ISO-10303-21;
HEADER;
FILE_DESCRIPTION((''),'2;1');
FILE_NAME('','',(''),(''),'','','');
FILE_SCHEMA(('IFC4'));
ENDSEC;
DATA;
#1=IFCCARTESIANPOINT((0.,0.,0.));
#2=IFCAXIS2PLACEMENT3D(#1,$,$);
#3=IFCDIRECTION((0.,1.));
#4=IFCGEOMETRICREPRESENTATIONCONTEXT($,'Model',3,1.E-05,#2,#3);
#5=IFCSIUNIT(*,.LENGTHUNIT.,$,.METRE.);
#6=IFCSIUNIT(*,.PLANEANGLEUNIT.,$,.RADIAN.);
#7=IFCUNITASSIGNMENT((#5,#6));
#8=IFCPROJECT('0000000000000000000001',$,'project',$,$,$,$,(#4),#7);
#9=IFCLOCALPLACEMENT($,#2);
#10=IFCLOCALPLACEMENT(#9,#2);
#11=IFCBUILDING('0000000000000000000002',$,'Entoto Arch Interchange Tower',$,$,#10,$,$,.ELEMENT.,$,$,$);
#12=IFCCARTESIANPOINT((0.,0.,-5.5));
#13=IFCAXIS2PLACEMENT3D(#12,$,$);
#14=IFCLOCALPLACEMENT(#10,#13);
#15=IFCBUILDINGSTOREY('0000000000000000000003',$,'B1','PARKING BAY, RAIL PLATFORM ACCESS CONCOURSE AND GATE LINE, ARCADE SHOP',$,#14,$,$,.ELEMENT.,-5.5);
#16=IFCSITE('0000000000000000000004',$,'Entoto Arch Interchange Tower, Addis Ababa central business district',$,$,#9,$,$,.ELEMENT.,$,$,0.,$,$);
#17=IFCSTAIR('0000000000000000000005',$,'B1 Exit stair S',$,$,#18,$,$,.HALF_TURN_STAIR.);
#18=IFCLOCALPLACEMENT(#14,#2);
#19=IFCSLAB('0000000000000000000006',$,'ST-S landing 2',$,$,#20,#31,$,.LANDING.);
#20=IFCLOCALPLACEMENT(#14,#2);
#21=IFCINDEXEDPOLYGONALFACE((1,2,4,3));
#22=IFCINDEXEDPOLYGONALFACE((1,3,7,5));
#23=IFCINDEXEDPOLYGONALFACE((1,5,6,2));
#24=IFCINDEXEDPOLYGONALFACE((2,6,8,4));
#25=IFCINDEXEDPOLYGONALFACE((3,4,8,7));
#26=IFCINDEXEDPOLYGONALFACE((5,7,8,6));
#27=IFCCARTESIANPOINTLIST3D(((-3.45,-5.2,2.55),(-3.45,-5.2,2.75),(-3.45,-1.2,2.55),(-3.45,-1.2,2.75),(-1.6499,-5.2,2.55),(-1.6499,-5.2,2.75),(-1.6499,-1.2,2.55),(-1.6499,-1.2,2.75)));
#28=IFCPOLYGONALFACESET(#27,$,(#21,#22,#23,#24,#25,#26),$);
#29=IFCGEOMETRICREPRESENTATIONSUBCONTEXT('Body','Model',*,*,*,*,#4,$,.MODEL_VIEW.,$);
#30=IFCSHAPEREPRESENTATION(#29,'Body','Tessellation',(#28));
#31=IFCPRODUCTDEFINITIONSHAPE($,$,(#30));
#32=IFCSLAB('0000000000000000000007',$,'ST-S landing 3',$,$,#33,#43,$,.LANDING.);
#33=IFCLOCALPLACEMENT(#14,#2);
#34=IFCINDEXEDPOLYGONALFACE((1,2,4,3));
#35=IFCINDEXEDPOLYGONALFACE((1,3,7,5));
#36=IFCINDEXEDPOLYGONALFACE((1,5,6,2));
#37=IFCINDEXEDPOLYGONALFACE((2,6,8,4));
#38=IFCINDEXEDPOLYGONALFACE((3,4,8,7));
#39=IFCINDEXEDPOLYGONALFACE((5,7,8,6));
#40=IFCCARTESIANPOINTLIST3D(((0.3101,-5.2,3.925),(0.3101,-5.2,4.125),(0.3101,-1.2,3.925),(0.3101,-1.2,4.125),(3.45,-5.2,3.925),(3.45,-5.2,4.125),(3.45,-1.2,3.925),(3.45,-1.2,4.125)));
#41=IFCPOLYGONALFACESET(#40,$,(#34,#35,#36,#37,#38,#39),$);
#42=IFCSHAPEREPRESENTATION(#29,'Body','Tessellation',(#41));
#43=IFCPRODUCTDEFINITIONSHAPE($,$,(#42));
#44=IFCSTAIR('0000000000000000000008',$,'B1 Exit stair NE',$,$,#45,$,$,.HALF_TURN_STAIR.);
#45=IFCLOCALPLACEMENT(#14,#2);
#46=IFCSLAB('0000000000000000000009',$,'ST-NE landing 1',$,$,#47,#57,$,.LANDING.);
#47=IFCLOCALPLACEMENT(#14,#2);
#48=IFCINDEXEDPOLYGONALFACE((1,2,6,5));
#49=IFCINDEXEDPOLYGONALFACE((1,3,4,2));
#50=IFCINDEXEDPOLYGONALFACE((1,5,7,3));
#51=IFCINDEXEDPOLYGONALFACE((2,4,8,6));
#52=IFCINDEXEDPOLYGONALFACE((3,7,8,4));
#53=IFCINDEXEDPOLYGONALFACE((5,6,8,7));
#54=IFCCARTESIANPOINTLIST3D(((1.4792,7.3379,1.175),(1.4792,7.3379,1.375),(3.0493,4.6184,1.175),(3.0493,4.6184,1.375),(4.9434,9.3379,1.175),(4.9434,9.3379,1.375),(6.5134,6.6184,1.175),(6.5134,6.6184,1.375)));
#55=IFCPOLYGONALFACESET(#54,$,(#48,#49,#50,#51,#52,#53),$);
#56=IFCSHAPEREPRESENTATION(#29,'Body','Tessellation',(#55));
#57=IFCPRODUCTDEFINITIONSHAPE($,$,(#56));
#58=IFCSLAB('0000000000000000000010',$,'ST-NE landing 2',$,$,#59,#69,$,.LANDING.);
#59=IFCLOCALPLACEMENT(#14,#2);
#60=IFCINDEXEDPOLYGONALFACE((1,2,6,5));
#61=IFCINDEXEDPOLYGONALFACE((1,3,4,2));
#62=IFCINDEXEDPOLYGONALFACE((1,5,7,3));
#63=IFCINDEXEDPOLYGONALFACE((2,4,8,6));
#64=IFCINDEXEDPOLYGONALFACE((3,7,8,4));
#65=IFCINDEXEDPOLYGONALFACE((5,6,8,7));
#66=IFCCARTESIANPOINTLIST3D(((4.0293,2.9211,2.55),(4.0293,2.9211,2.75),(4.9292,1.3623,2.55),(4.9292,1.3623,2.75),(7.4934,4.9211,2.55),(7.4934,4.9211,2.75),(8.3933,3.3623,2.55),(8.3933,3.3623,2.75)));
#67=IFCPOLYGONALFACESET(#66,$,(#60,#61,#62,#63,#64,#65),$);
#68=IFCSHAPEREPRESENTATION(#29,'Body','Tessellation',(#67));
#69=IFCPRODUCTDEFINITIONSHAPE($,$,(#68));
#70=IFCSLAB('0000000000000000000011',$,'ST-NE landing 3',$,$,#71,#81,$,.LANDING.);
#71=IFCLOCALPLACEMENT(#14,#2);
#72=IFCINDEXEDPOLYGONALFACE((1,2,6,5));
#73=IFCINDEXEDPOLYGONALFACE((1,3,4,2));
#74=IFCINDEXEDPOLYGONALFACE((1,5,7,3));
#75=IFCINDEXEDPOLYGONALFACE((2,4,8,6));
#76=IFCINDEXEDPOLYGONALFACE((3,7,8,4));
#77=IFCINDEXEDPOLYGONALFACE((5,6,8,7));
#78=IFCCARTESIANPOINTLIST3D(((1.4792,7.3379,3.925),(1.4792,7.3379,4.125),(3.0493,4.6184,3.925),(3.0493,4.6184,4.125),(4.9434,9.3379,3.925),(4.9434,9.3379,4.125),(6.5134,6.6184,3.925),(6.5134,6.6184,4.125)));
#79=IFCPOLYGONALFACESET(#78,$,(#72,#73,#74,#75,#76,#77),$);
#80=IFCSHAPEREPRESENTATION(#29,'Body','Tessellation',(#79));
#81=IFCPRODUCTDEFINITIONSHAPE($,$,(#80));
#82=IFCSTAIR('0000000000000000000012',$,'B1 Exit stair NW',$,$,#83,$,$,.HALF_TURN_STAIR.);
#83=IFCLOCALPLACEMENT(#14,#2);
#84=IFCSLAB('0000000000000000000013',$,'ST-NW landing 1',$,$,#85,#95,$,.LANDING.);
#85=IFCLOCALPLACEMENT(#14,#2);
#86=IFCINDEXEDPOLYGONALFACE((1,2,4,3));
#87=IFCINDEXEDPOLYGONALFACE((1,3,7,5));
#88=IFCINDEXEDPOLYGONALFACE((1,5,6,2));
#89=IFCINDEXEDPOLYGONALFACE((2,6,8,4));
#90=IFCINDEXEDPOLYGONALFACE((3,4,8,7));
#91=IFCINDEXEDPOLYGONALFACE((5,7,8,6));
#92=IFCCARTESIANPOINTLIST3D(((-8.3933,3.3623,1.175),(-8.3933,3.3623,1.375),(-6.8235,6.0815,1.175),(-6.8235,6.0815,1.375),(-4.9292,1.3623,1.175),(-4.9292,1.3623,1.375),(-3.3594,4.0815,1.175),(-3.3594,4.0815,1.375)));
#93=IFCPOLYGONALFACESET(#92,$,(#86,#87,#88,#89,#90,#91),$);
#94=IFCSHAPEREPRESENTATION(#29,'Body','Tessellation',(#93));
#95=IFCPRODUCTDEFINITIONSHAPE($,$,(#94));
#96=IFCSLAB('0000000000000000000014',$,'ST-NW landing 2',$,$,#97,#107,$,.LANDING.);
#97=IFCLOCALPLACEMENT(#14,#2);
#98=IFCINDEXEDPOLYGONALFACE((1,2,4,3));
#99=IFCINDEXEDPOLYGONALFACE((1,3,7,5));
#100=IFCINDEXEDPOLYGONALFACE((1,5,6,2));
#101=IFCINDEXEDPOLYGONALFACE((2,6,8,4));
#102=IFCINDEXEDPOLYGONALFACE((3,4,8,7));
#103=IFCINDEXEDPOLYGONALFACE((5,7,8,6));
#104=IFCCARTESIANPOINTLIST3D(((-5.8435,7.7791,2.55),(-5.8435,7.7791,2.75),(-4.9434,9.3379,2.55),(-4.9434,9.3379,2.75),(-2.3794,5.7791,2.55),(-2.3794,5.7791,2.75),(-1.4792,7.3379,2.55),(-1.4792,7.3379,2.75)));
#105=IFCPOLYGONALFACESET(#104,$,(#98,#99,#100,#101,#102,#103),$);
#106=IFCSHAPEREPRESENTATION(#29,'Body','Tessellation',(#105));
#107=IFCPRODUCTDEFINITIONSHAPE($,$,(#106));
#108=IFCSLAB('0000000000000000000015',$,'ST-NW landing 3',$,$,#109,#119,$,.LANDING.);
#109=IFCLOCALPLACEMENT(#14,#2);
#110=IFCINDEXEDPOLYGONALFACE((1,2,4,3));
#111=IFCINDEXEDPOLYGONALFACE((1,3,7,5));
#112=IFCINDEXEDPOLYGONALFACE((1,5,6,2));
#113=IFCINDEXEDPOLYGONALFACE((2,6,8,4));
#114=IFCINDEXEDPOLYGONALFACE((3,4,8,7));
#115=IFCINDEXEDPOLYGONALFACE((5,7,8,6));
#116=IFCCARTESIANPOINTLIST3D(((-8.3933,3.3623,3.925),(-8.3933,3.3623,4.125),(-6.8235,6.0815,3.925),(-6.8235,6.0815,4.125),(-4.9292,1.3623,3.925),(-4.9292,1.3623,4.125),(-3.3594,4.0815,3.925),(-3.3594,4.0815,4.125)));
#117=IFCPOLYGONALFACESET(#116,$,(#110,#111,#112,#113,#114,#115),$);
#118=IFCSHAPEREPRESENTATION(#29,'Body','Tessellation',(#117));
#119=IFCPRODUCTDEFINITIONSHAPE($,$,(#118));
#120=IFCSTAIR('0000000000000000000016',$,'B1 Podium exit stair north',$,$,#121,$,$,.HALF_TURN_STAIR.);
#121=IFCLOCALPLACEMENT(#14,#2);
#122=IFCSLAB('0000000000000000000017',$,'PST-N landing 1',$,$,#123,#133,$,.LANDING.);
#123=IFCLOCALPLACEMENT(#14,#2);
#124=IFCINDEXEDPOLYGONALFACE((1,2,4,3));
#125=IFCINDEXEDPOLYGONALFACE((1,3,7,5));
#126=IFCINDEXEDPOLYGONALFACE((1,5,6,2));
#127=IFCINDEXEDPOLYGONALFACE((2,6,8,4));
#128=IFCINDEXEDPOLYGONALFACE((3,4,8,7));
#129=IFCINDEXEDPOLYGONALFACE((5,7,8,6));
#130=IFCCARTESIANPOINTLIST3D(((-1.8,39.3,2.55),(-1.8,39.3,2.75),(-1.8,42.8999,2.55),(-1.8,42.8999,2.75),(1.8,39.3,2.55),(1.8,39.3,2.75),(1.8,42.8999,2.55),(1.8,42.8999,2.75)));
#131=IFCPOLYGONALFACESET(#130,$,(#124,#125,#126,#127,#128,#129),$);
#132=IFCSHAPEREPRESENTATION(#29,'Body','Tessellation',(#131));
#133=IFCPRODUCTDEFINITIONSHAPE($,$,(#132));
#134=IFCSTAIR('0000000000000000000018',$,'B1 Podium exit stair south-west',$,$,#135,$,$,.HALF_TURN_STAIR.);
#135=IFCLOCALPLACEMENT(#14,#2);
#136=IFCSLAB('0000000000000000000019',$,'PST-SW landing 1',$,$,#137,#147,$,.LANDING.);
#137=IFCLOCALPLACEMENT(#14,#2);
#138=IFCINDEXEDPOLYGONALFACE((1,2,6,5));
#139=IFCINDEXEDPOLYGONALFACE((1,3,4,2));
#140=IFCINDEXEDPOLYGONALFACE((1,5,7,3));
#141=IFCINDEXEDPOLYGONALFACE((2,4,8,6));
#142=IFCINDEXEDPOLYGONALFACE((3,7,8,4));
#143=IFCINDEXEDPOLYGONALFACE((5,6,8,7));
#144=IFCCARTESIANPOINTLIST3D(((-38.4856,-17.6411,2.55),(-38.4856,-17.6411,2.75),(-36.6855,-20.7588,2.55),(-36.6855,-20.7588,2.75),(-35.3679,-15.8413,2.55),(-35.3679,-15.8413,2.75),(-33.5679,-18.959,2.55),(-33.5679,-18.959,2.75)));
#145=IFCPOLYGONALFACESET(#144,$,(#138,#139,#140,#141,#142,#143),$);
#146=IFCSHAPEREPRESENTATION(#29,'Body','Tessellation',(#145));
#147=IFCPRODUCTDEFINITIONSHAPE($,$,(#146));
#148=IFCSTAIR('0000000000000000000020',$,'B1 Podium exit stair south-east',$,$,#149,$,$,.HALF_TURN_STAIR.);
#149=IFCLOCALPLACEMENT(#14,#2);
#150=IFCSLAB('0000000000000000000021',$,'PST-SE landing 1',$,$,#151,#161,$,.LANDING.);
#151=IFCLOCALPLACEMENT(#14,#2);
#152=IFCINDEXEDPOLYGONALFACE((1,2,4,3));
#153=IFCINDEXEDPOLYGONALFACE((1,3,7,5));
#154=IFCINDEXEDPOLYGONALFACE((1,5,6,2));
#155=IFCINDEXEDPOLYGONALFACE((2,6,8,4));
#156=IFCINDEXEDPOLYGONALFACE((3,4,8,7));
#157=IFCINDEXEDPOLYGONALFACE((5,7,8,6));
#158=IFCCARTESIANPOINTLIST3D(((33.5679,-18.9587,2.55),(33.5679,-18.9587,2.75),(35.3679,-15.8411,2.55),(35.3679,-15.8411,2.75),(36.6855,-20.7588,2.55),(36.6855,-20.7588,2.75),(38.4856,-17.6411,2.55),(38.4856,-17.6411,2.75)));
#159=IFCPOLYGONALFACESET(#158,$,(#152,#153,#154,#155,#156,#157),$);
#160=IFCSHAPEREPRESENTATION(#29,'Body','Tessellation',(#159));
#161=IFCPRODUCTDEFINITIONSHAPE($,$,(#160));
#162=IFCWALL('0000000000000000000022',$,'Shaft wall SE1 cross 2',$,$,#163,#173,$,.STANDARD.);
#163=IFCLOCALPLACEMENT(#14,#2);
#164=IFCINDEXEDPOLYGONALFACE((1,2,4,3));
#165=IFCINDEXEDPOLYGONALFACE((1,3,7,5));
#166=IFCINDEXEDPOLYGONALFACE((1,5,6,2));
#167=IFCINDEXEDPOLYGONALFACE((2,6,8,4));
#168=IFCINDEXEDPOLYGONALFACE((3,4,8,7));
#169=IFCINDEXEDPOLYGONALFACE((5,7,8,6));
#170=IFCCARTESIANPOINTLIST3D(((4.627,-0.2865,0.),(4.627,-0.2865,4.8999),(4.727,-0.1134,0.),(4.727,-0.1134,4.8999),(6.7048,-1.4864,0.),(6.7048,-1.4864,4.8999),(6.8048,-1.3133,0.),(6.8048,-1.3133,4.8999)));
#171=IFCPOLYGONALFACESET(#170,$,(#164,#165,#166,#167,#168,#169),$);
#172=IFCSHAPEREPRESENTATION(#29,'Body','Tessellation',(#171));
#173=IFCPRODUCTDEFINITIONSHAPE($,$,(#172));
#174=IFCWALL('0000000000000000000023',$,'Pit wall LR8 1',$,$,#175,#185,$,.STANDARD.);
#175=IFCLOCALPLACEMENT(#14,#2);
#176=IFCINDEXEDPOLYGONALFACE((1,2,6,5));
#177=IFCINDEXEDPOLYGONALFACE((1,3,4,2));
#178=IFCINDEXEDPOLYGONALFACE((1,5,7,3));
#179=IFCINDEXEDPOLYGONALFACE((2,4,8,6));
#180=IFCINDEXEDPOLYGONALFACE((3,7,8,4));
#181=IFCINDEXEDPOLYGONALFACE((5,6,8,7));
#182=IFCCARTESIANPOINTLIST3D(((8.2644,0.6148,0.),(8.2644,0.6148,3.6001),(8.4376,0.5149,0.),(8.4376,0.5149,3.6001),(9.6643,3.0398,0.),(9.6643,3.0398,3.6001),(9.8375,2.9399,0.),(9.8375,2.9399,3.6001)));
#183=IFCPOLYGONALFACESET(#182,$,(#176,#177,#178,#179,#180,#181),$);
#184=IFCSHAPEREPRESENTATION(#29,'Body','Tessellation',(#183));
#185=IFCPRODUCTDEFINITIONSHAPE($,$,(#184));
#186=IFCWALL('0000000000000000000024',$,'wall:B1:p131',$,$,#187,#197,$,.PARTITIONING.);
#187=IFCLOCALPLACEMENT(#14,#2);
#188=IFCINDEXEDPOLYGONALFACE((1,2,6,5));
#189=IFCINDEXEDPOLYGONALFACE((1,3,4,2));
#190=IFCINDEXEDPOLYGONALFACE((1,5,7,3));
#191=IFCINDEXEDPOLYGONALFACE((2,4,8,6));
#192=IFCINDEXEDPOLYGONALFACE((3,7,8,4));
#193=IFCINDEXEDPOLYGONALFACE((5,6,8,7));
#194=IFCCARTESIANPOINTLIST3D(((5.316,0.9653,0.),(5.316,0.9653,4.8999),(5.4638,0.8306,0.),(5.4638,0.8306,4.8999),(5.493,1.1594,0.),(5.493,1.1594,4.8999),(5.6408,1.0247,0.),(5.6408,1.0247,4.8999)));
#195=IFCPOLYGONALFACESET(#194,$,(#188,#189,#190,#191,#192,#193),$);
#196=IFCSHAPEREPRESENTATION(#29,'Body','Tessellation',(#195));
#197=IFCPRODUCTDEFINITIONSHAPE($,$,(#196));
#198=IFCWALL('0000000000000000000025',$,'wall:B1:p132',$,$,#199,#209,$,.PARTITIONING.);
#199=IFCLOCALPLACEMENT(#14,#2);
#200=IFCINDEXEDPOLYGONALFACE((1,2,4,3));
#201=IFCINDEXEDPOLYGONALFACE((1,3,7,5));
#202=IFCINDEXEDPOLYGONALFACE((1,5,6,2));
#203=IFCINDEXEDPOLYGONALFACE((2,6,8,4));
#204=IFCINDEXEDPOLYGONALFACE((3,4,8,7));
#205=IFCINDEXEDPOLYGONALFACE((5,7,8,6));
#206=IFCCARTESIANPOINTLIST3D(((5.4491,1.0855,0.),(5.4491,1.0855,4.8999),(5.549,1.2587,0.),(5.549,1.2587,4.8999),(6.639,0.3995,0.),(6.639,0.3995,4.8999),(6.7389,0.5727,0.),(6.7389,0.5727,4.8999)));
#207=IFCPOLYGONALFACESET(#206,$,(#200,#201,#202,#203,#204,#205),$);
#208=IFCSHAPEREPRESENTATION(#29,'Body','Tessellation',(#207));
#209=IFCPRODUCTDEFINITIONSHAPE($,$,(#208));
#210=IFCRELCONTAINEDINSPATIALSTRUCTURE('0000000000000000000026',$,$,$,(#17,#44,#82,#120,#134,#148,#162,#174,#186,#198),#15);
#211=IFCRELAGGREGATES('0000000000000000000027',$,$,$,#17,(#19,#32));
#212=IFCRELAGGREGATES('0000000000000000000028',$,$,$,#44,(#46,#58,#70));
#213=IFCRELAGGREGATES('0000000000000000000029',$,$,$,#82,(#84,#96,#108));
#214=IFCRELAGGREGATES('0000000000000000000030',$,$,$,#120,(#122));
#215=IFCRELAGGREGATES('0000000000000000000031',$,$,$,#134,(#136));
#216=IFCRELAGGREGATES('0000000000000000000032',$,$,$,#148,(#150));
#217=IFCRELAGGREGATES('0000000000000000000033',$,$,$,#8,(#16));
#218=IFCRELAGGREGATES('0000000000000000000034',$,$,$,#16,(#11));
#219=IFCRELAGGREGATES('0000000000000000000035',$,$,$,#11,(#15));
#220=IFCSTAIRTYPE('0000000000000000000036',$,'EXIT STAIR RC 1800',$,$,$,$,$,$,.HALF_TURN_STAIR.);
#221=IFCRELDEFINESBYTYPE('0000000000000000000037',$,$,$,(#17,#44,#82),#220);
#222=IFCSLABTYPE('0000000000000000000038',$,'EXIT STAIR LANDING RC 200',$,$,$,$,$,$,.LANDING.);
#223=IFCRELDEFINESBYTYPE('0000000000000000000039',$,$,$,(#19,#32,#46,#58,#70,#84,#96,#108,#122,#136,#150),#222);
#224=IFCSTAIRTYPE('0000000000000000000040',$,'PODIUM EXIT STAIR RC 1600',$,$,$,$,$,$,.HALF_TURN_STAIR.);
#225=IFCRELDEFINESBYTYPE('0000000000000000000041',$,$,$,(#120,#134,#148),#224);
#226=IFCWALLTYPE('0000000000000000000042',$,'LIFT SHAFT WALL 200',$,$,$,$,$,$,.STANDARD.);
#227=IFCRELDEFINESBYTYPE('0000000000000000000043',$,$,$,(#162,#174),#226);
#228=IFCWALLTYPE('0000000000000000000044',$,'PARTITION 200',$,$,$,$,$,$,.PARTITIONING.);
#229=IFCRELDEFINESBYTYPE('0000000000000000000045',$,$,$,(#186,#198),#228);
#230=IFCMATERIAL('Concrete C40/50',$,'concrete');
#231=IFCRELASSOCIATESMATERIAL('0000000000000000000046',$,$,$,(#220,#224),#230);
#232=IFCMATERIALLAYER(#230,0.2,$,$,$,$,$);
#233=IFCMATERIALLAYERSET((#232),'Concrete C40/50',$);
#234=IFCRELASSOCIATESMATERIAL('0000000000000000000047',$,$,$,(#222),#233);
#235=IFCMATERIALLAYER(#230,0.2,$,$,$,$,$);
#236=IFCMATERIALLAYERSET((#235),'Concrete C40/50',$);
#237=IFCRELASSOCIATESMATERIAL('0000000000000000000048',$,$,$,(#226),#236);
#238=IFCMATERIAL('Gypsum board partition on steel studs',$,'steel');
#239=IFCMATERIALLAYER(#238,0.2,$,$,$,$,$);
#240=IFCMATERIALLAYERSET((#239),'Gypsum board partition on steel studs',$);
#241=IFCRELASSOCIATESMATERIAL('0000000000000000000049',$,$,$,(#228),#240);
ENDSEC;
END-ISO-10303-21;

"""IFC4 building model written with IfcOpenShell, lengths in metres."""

from ifc_helpers import new_model, si_unit, direction, frame, frame_2d, origin, place, context, subcontext, project, spatial, polyline, rectangle, outline, extrude, material, layer, layer_set, type_object, element, aggregate, save


model = new_model("IFC4")

# Units and contexts
model_context = context("Model", 3, precision=1e-05, world=origin(), true_north=direction((0.0, 1.0)))
body_context = subcontext(model_context, "Body", "Model", "MODEL_VIEW")
ifc_project = project(units=[si_unit("LENGTHUNIT", "METRE"), si_unit("PLANEANGLEUNIT", "RADIAN")], contexts=[model_context])

# Site, building, storey
site_placement = place(None, origin())
site = spatial("IfcSite", under=ifc_project, at=site_placement, Name="Entoto Arch Interchange Tower, Addis Ababa central business district", CompositionType="ELEMENT", RefElevation=0.0)
building_placement = place(site_placement, origin())
building = spatial("IfcBuilding", under=site, at=building_placement, Name="Entoto Arch Interchange Tower", CompositionType="ELEMENT")
storey_placement = place(building_placement, frame((0.0, 0.0, -5.5)))
storey = spatial("IfcBuildingStorey", under=building, at=storey_placement, Name="B1", Description="PARKING BAY, RAIL PLATFORM ACCESS CONCOURSE AND GATE LINE, ARCADE SHOP", CompositionType="ELEMENT", Elevation=-5.5)

# Stairs, slabs
ifc_material_1 = material(Name="Concrete C40/50", Category="concrete")
stair_type_1 = type_object("IfcStairType", Name="EXIT STAIR RC 1800", PredefinedType="HALF_TURN_STAIR", material=ifc_material_1)
stair_1_placement = place(storey_placement, origin())
stair_1 = element("IfcStair", 1, at=stair_1_placement, inside=storey, type_object=stair_type_1, Name="B1 Exit stair S", PredefinedType="HALF_TURN_STAIR")
ifc_layer_1 = layer(ifc_material_1, 0.2)
ifc_layer_set_1 = layer_set([ifc_layer_1], Name="Concrete C40/50")
slab_type = type_object("IfcSlabType", Name="EXIT STAIR LANDING RC 200", PredefinedType="LANDING", material=ifc_layer_set_1)
slab_1_placement = place(storey_placement, frame((0.0, 0.0, 2.55)))
slab_1 = element("IfcSlab", 2, at=slab_1_placement, type_object=slab_type, Name="ST-S landing 2", PredefinedType="LANDING", context=body_context, shape_type="SweptSolid", body=[
    extrude(outline(polyline([(-3.45, -5.2), (-1.6499, -5.2), (-1.6499, -1.2), (-3.45, -1.2), (-3.45, -5.2)])), origin(), (0.0, 0.0, 1.0), 0.2),
])
slab_2_placement = place(storey_placement, frame((0.0, 0.0, 3.925)))
slab_2 = element("IfcSlab", 3, at=slab_2_placement, type_object=slab_type, Name="ST-S landing 3", PredefinedType="LANDING", context=body_context, shape_type="SweptSolid", body=[
    extrude(outline(polyline([(0.3101, -5.2), (3.45, -5.2), (3.45, -1.2), (0.3101, -1.2), (0.3101, -5.2)])), origin(), (0.0, 0.0, 1.0), 0.2),
])
aggregate(stair_1, [slab_1, slab_2])
stair_2_placement = place(storey_placement, origin())
stair_2 = element("IfcStair", 4, at=stair_2_placement, inside=storey, type_object=stair_type_1, Name="B1 Exit stair NE", PredefinedType="HALF_TURN_STAIR")
slab_3_placement = place(storey_placement, frame((0.0, 0.0, 1.175)))
slab_3 = element("IfcSlab", 5, at=slab_3_placement, type_object=slab_type, Name="ST-NE landing 1", PredefinedType="LANDING", context=body_context, shape_type="SweptSolid", body=[
    extrude(outline(polyline([(6.5134, 6.6184), (4.9434, 9.3379), (1.4792, 7.3379), (3.0493, 4.6184), (6.5134, 6.6184)])), origin(), (0.0, 0.0, 1.0), 0.2),
])
slab_4_placement = place(storey_placement, frame((0.0, 0.0, 2.55)))
slab_4 = element("IfcSlab", 6, at=slab_4_placement, type_object=slab_type, Name="ST-NE landing 2", PredefinedType="LANDING", context=body_context, shape_type="SweptSolid", body=[
    extrude(outline(polyline([(8.3933, 3.3623), (7.4934, 4.9211), (4.0293, 2.9211), (4.9292, 1.3623), (8.3933, 3.3623)])), origin(), (0.0, 0.0, 1.0), 0.2),
])
slab_5_placement = place(storey_placement, frame((0.0, 0.0, 3.925)))
slab_5 = element("IfcSlab", 7, at=slab_5_placement, type_object=slab_type, Name="ST-NE landing 3", PredefinedType="LANDING", context=body_context, shape_type="SweptSolid", body=[
    extrude(outline(polyline([(6.5134, 6.6184), (4.9434, 9.3379), (1.4792, 7.3379), (3.0493, 4.6184), (6.5134, 6.6184)])), origin(), (0.0, 0.0, 1.0), 0.2),
])
aggregate(stair_2, [slab_3, slab_4, slab_5])
stair_3_placement = place(storey_placement, origin())
stair_3 = element("IfcStair", 8, at=stair_3_placement, inside=storey, type_object=stair_type_1, Name="B1 Exit stair NW", PredefinedType="HALF_TURN_STAIR")
slab_6_placement = place(storey_placement, frame((0.0, 0.0, 1.175)))
slab_6 = element("IfcSlab", 9, at=slab_6_placement, type_object=slab_type, Name="ST-NW landing 1", PredefinedType="LANDING", context=body_context, shape_type="SweptSolid", body=[
    extrude(outline(polyline([(-6.8235, 6.0815), (-8.3933, 3.3623), (-4.9292, 1.3623), (-3.3594, 4.0815), (-6.8235, 6.0815)])), origin(), (0.0, 0.0, 1.0), 0.2),
])
slab_7_placement = place(storey_placement, frame((0.0, 0.0, 2.55)))
slab_7 = element("IfcSlab", 10, at=slab_7_placement, type_object=slab_type, Name="ST-NW landing 2", PredefinedType="LANDING", context=body_context, shape_type="SweptSolid", body=[
    extrude(outline(polyline([(-4.9434, 9.3379), (-5.8435, 7.7791), (-2.3794, 5.7791), (-1.4792, 7.3379), (-4.9434, 9.3379)])), origin(), (0.0, 0.0, 1.0), 0.2),
])
slab_8_placement = place(storey_placement, frame((0.0, 0.0, 3.925)))
slab_8 = element("IfcSlab", 11, at=slab_8_placement, type_object=slab_type, Name="ST-NW landing 3", PredefinedType="LANDING", context=body_context, shape_type="SweptSolid", body=[
    extrude(outline(polyline([(-6.8235, 6.0815), (-8.3933, 3.3623), (-4.9292, 1.3623), (-3.3594, 4.0815), (-6.8235, 6.0815)])), origin(), (0.0, 0.0, 1.0), 0.2),
])
aggregate(stair_3, [slab_6, slab_7, slab_8])

# Stairs, slabs
stair_type_2 = type_object("IfcStairType", Name="PODIUM EXIT STAIR RC 1600", PredefinedType="HALF_TURN_STAIR", material=ifc_material_1)
stair_4_placement = place(storey_placement, origin())
stair_4 = element("IfcStair", 12, at=stair_4_placement, inside=storey, type_object=stair_type_2, Name="B1 Podium exit stair north", PredefinedType="HALF_TURN_STAIR")
slab_9_placement = place(storey_placement, frame((0.0, 0.0, 2.55)))
slab_9 = element("IfcSlab", 13, at=slab_9_placement, type_object=slab_type, Name="PST-N landing 1", PredefinedType="LANDING", context=body_context, shape_type="SweptSolid", body=[
    extrude(outline(polyline([(1.8, 39.3), (1.8, 42.8999), (-1.8, 42.8999), (-1.8, 39.3), (1.8, 39.3)])), origin(), (0.0, 0.0, 1.0), 0.2),
])
aggregate(stair_4, [slab_9])
stair_5_placement = place(storey_placement, origin())
stair_5 = element("IfcStair", 14, at=stair_5_placement, inside=storey, type_object=stair_type_2, Name="B1 Podium exit stair south-west", PredefinedType="HALF_TURN_STAIR")
slab_10_placement = place(storey_placement, frame((0.0, 0.0, 2.55)))
slab_10 = element("IfcSlab", 15, at=slab_10_placement, type_object=slab_type, Name="PST-SW landing 1", PredefinedType="LANDING", context=body_context, shape_type="SweptSolid", body=[
    extrude(outline(polyline([(-35.3679, -15.8413), (-38.4856, -17.6411), (-36.6855, -20.7588), (-33.5679, -18.959), (-35.3679, -15.8413)])), origin(), (0.0, 0.0, 1.0), 0.2),
])
aggregate(stair_5, [slab_10])
stair_6_placement = place(storey_placement, origin())
stair_6 = element("IfcStair", 16, at=stair_6_placement, inside=storey, type_object=stair_type_2, Name="B1 Podium exit stair south-east", PredefinedType="HALF_TURN_STAIR")
slab_11_placement = place(storey_placement, frame((0.0, 0.0, 2.55)))
slab_11 = element("IfcSlab", 17, at=slab_11_placement, type_object=slab_type, Name="PST-SE landing 1", PredefinedType="LANDING", context=body_context, shape_type="SweptSolid", body=[
    extrude(outline(polyline([(33.5679, -18.9587), (36.6855, -20.7588), (38.4856, -17.6411), (35.3679, -15.8411), (33.5679, -18.9587)])), origin(), (0.0, 0.0, 1.0), 0.2),
])
aggregate(stair_6, [slab_11])

# Walls
ifc_layer_2 = layer(ifc_material_1, 0.2)
ifc_layer_set_2 = layer_set([ifc_layer_2], Name="Concrete C40/50")
wall_type_1 = type_object("IfcWallType", Name="LIFT SHAFT WALL 200", PredefinedType="STANDARD", material=ifc_layer_set_2)
wall_1_placement = place(storey_placement, frame((4.677, -0.2, 0.0), z_axis=(0.0, 0.0, 1.0), x_axis=(0.865974, -0.500089, 0.0)))
element("IfcWall", 18, at=wall_1_placement, inside=storey, type_object=wall_type_1, Name="Shaft wall SE1 cross 2", PredefinedType="STANDARD", context=body_context, shape_type="SweptSolid", body=[
    extrude(rectangle(XDim=2.3994, YDim=0.2, at=frame_2d((1.1997, 0.0))), origin(), (0.0, 0.0, 1.0), 4.8999),
])
wall_2_placement = place(storey_placement, frame((8.3511, 0.5649, 0.0), z_axis=(0.0, 0.0, 1.0), x_axis=(0.499946, 0.866056, 0.0)))
element("IfcWall", 19, at=wall_2_placement, inside=storey, type_object=wall_type_1, Name="Pit wall LR8 1", PredefinedType="STANDARD", context=body_context, shape_type="SweptSolid", body=[
    extrude(rectangle(XDim=2.8, YDim=0.2, at=frame_2d((1.3999, 0.0))), origin(), (0.0, 0.0, 1.0), 3.6001),
])
ifc_material_2 = material(Name="Gypsum board partition on steel studs", Category="steel")
ifc_layer_3 = layer(ifc_material_2, 0.2)
ifc_layer_set_3 = layer_set([ifc_layer_3], Name="Gypsum board partition on steel studs")
wall_type_2 = type_object("IfcWallType", Name="PARTITION 200", PredefinedType="PARTITIONING", material=ifc_layer_set_3)
wall_3_placement = place(storey_placement, frame((5.3899, 0.8979, 0.0), z_axis=(0.0, 0.0, 1.0), x_axis=(0.673828, 0.738888, 0.0)))
element("IfcWall", 20, at=wall_3_placement, inside=storey, type_object=wall_type_2, Name="wall:B1:p131", PredefinedType="PARTITIONING", context=body_context, shape_type="SweptSolid", body=[
    extrude(rectangle(XDim=0.2627, YDim=0.2, at=frame_2d((0.1313, 0.0))), origin(), (0.0, 0.0, 1.0), 4.8999),
])
wall_4_placement = place(storey_placement, frame((5.499, 1.1721, 0.0), z_axis=(0.0, 0.0, 1.0), x_axis=(0.866334, -0.499466, 0.0)))
element("IfcWall", 21, at=wall_4_placement, inside=storey, type_object=wall_type_2, Name="wall:B1:p132", PredefinedType="PARTITIONING", context=body_context, shape_type="SweptSolid", body=[
    extrude(rectangle(XDim=1.3735, YDim=0.2, at=frame_2d((0.6868, 0.0))), origin(), (0.0, 0.0, 1.0), 4.8999),
])

save(model, "model.ifc")
